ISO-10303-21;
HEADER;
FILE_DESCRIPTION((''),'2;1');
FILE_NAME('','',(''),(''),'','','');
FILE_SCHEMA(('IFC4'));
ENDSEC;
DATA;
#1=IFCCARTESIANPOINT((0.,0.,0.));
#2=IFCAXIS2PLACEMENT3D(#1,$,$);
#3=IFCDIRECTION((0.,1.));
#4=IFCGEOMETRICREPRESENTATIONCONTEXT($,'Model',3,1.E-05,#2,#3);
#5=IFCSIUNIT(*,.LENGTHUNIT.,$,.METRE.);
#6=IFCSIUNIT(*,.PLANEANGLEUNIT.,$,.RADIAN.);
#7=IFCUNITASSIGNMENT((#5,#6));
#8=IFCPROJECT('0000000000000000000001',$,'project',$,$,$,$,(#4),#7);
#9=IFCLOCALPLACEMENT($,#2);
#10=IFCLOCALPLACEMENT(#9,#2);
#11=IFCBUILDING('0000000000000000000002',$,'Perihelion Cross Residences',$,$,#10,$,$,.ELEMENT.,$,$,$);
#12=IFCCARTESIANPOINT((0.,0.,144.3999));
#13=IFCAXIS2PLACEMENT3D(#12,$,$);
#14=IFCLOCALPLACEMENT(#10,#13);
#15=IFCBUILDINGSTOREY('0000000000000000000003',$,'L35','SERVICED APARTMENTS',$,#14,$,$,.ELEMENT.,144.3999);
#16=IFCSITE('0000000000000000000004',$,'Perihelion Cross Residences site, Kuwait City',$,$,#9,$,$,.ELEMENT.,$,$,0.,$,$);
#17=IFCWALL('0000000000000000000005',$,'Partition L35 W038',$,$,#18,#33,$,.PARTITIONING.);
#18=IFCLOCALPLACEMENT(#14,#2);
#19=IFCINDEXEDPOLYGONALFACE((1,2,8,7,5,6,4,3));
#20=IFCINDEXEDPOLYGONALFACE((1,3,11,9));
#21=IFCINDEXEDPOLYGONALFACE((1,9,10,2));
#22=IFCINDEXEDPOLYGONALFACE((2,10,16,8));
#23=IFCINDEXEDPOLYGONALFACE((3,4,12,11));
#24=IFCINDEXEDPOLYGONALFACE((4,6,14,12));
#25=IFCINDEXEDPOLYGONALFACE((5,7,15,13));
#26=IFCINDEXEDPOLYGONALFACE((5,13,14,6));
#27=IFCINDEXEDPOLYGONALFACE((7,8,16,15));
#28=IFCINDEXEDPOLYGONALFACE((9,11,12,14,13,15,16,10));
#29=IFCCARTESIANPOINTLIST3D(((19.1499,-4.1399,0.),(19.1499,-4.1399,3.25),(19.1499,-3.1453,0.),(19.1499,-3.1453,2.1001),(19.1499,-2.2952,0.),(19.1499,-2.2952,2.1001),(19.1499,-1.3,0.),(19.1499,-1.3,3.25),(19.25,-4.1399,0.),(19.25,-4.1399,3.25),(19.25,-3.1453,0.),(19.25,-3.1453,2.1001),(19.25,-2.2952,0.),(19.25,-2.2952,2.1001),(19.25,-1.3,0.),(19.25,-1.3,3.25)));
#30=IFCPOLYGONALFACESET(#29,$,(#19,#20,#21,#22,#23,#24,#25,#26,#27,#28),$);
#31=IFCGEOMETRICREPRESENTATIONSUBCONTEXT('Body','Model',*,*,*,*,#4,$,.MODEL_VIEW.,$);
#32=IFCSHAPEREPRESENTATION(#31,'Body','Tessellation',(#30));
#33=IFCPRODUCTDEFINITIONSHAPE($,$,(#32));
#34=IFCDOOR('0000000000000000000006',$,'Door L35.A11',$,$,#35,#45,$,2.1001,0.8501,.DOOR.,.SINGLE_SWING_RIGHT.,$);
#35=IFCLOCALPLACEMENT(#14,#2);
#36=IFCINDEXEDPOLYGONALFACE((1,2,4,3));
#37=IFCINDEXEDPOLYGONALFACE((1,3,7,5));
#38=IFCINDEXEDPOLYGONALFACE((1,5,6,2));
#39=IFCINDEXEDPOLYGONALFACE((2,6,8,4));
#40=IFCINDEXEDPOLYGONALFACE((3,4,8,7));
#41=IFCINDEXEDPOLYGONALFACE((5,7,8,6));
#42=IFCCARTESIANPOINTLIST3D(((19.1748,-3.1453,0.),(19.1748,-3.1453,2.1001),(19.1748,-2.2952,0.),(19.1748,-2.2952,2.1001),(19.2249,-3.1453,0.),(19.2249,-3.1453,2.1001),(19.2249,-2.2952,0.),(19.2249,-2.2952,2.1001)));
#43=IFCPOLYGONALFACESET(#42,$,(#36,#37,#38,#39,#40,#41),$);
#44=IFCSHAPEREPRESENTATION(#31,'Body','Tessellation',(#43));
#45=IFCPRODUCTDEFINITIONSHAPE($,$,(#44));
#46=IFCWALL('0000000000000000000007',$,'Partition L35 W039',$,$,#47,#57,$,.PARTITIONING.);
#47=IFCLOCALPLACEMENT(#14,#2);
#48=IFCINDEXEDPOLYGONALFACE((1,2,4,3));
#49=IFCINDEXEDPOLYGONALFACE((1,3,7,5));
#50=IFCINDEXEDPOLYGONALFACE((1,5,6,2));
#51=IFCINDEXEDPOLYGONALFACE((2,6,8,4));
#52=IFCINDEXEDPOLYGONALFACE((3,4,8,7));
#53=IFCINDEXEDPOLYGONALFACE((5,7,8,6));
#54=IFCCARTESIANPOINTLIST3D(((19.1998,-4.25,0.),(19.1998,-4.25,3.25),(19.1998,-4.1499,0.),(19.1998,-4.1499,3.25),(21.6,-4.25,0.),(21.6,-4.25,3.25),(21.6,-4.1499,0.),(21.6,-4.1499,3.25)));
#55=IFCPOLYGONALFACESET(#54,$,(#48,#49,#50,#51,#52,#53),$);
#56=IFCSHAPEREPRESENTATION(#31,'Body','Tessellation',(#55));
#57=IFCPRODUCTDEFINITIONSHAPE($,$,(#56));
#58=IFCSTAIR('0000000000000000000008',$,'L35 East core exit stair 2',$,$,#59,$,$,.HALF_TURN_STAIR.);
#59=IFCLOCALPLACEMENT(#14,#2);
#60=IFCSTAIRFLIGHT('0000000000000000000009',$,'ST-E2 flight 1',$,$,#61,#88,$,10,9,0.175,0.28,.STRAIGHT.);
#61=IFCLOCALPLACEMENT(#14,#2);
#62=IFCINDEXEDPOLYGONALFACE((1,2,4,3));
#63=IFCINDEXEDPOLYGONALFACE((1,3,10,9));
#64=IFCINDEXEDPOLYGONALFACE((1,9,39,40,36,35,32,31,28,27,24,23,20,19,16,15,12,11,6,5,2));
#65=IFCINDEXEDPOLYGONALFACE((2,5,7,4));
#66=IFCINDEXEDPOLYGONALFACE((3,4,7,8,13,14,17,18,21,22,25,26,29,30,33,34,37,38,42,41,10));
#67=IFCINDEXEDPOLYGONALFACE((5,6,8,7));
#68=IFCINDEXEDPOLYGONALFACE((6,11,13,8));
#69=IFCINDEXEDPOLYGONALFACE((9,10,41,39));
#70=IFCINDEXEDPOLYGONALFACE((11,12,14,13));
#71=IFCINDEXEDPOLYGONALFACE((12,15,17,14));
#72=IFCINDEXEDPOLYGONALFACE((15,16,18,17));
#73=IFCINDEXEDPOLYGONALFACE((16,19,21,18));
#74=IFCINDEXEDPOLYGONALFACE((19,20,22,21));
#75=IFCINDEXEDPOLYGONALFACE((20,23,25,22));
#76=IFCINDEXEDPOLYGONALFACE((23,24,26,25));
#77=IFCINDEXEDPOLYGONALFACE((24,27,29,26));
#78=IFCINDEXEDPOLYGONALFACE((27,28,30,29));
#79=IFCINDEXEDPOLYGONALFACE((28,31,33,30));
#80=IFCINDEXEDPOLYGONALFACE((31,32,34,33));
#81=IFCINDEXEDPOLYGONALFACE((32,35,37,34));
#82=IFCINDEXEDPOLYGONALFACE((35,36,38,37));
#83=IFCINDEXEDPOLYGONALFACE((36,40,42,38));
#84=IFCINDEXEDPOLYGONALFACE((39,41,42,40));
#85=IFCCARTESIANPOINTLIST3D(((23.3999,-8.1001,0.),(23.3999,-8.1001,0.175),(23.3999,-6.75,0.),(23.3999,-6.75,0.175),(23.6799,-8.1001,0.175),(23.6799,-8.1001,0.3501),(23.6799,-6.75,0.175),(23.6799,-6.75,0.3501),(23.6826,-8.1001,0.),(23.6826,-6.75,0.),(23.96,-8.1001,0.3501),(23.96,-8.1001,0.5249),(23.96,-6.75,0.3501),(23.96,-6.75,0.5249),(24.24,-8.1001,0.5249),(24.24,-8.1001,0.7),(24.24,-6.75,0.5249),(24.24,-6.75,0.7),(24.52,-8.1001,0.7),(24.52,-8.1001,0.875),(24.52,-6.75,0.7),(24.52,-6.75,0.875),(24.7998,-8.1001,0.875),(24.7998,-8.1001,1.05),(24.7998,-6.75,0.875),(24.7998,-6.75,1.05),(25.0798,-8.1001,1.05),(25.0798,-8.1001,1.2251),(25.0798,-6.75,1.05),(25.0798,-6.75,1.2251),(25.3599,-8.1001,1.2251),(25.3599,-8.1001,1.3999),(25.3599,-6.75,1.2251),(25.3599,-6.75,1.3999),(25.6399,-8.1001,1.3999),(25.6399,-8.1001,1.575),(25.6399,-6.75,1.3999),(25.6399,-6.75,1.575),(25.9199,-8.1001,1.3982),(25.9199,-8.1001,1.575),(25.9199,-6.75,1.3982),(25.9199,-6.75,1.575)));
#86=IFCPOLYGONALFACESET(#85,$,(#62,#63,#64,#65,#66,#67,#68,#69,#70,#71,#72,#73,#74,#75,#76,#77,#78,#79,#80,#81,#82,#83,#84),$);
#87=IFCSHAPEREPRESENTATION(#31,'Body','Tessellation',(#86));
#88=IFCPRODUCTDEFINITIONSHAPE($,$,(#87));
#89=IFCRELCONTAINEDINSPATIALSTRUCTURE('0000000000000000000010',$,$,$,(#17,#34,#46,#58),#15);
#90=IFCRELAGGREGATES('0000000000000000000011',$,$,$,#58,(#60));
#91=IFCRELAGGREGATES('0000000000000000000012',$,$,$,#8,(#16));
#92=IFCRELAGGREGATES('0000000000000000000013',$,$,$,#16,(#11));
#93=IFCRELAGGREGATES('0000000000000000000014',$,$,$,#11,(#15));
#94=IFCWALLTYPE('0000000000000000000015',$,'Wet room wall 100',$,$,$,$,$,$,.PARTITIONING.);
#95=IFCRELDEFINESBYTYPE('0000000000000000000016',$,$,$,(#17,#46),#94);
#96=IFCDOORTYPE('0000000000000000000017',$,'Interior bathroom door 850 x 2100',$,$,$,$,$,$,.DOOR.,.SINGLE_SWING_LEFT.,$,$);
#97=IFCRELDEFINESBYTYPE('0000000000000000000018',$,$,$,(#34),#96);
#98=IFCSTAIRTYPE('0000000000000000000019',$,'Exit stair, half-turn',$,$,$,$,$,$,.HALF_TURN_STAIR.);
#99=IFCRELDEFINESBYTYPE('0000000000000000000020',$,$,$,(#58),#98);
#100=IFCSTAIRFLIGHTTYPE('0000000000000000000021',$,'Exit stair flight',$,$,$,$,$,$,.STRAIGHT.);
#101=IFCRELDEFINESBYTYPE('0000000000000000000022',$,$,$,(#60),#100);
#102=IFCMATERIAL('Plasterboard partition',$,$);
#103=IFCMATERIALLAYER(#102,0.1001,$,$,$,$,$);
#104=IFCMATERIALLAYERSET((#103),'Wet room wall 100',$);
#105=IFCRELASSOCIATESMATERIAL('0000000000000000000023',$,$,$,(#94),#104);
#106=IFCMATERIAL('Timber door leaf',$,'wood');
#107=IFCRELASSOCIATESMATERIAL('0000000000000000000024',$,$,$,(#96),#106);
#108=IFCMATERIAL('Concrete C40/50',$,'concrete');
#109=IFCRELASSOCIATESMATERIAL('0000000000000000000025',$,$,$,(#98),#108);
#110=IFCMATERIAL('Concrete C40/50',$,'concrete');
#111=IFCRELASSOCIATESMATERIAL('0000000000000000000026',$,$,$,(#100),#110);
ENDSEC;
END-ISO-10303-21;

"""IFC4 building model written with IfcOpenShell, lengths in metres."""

from ifc_helpers import new_model, si_unit, direction, frame, frame_2d, origin, place, context, subcontext, project, spatial, polyline, rectangle, outline, extrude, material, layer, layer_set, type_object, element, fill, aggregate, save


model = new_model("IFC4")

# Units and contexts
model_context = context("Model", 3, precision=1e-05, world=origin(), true_north=direction((0.0, 1.0)))
body_context = subcontext(model_context, "Body", "Model", "MODEL_VIEW")
ifc_project = project(units=[si_unit("LENGTHUNIT", "METRE"), si_unit("PLANEANGLEUNIT", "RADIAN")], contexts=[model_context])

# Site, building, storey
site_placement = place(None, origin())
site = spatial("IfcSite", under=ifc_project, at=site_placement, Name="Perihelion Cross Residences site, Kuwait City", CompositionType="ELEMENT", RefElevation=0.0)
building_placement = place(site_placement, origin())
building = spatial("IfcBuilding", under=site, at=building_placement, Name="Perihelion Cross Residences", CompositionType="ELEMENT")
storey_placement = place(building_placement, frame((0.0, 0.0, 144.3999)))
storey = spatial("IfcBuildingStorey", under=building, at=storey_placement, Name="L35", Description="SERVICED APARTMENTS", CompositionType="ELEMENT", Elevation=144.3999)

# Wall, opening, door
ifc_material_1 = material(Name="Plasterboard partition")
ifc_layer_1 = layer(ifc_material_1, 0.1001)
ifc_layer_set_1 = layer_set([ifc_layer_1], Name="Wet room wall 100")
wall_type_1 = type_object("IfcWallType", Name="Wet room wall 100", PredefinedType="PARTITIONING", material=ifc_layer_set_1)
wall_1_placement = place(storey_placement, frame((19.2, -1.3, 0.0), z_axis=(0.0, 0.0, 1.0), x_axis=(0.0, -1.0, 0.0)))
wall_1 = element("IfcWall", 1, at=wall_1_placement, inside=storey, type_object=wall_type_1, Name="Partition L35 W038", PredefinedType="PARTITIONING", context=body_context, shape_type="SweptSolid", body=[
    extrude(rectangle(XDim=2.8398, YDim=0.1001, at=frame_2d((1.4199, 0.0))), origin(), (0.0, 0.0, 1.0), 3.25),
])
opening_1_placement = place(wall_1_placement, frame((0.9951, 0.0, 0.0)))
opening_1 = element("IfcOpeningElement", 2, at=opening_1_placement, cuts=wall_1, PredefinedType="OPENING", context=body_context, shape_type="SweptSolid", body=[
    extrude(rectangle(XDim=0.8501, YDim=2.1001, at=frame_2d((0.425, 1.05))), frame((0.0, 0.0601, 0.0), z_axis=(0.0, -1.0, 0.0), x_axis=(1.0, 0.0, 0.0)), (0.0, 0.0, 1.0), 0.1201),
])
ifc_material_2 = material(Name="Timber door leaf", Category="wood")
door_type_1 = type_object("IfcDoorType", Name="Interior bathroom door 850 x 2100", OperationType="SINGLE_SWING_LEFT", PredefinedType="DOOR", material=ifc_material_2)
door_1_placement = place(opening_1_placement, origin())
door_1 = element("IfcDoor", 3, at=door_1_placement, inside=storey, type_object=door_type_1, Name="Door L35.A11", OperationType="SINGLE_SWING_RIGHT", OverallHeight=2.1001, OverallWidth=0.8501, PredefinedType="DOOR", context=body_context, shape_type="SweptSolid", body=[
    extrude(rectangle(XDim=0.8501, YDim=2.1001, at=frame_2d((0.425, 1.05))), frame((0.0, 0.0249, 0.0), z_axis=(0.0, -1.0, 0.0), x_axis=(1.0, 0.0, 0.0)), (0.0, 0.0, 1.0), 0.05),
])
fill(opening_1, door_1)

# Wall
wall_2_placement = place(storey_placement, frame((21.6001, -4.2, 0.0), z_axis=(0.0, 0.0, 1.0), x_axis=(-1.0, 0.0, 0.0)))
element("IfcWall", 4, at=wall_2_placement, inside=storey, type_object=wall_type_1, Name="Partition L35 W039", PredefinedType="PARTITIONING", context=body_context, shape_type="SweptSolid", body=[
    extrude(rectangle(XDim=2.4001, YDim=0.1001, at=frame_2d((1.2002, 0.0))), origin(), (0.0, 0.0, 1.0), 3.25),
])

# Stair, stair flight
ifc_material_3 = material(Name="Concrete C40/50", Category="concrete")
stair_type = type_object("IfcStairType", Name="Exit stair, half-turn", PredefinedType="HALF_TURN_STAIR", material=ifc_material_3)
stair_placement = place(storey_placement, origin())
stair = element("IfcStair", 5, at=stair_placement, inside=storey, type_object=stair_type, Name="L35 East core exit stair 2", PredefinedType="HALF_TURN_STAIR")
ifc_material_4 = material(Name="Concrete C40/50", Category="concrete")
stair_flight_type = type_object("IfcStairFlightType", Name="Exit stair flight", PredefinedType="STRAIGHT", material=ifc_material_4)
stair_flight_placement = place(storey_placement, frame((23.3999, -7.425, 0.0), z_axis=(0.0, 0.0, 1.0), x_axis=(1.0, 0.0, 0.0)))
stair_flight = element("IfcStairFlight", 6, at=stair_flight_placement, type_object=stair_flight_type, Name="ST-E2 flight 1", NumberOfRisers=10, NumberOfTreads=9, PredefinedType="STRAIGHT", RiserHeight=0.175, TreadLength=0.28, context=body_context, shape_type="SweptSolid", body=[
    extrude(outline(polyline([(0.0, 0.0), (0.0, 0.175), (0.28, 0.175), (0.28, 0.3501), (0.5601, 0.3501), (0.5601, 0.5249), (0.8401, 0.5249), (0.8401, 0.7), (1.1201, 0.7), (1.1201, 0.875), (1.3999, 0.875), (1.3999, 1.05), (1.6799, 1.05), (1.6799, 1.2251), (1.96, 1.2251), (1.96, 1.3999), (2.24, 1.3999), (2.24, 1.575), (2.52, 1.575), (2.52, 1.75), (2.52, 1.3982), (0.2827, 0.0), (0.0, 0.0)])), frame((0.0, 0.675, 0.0), z_axis=(0.0, -1.0, 0.0), x_axis=(1.0, 0.0, 0.0)), (0.0, 0.0, 1.0), 1.3501),
])
aggregate(stair, [stair_flight])

save(model, "model.ifc")
